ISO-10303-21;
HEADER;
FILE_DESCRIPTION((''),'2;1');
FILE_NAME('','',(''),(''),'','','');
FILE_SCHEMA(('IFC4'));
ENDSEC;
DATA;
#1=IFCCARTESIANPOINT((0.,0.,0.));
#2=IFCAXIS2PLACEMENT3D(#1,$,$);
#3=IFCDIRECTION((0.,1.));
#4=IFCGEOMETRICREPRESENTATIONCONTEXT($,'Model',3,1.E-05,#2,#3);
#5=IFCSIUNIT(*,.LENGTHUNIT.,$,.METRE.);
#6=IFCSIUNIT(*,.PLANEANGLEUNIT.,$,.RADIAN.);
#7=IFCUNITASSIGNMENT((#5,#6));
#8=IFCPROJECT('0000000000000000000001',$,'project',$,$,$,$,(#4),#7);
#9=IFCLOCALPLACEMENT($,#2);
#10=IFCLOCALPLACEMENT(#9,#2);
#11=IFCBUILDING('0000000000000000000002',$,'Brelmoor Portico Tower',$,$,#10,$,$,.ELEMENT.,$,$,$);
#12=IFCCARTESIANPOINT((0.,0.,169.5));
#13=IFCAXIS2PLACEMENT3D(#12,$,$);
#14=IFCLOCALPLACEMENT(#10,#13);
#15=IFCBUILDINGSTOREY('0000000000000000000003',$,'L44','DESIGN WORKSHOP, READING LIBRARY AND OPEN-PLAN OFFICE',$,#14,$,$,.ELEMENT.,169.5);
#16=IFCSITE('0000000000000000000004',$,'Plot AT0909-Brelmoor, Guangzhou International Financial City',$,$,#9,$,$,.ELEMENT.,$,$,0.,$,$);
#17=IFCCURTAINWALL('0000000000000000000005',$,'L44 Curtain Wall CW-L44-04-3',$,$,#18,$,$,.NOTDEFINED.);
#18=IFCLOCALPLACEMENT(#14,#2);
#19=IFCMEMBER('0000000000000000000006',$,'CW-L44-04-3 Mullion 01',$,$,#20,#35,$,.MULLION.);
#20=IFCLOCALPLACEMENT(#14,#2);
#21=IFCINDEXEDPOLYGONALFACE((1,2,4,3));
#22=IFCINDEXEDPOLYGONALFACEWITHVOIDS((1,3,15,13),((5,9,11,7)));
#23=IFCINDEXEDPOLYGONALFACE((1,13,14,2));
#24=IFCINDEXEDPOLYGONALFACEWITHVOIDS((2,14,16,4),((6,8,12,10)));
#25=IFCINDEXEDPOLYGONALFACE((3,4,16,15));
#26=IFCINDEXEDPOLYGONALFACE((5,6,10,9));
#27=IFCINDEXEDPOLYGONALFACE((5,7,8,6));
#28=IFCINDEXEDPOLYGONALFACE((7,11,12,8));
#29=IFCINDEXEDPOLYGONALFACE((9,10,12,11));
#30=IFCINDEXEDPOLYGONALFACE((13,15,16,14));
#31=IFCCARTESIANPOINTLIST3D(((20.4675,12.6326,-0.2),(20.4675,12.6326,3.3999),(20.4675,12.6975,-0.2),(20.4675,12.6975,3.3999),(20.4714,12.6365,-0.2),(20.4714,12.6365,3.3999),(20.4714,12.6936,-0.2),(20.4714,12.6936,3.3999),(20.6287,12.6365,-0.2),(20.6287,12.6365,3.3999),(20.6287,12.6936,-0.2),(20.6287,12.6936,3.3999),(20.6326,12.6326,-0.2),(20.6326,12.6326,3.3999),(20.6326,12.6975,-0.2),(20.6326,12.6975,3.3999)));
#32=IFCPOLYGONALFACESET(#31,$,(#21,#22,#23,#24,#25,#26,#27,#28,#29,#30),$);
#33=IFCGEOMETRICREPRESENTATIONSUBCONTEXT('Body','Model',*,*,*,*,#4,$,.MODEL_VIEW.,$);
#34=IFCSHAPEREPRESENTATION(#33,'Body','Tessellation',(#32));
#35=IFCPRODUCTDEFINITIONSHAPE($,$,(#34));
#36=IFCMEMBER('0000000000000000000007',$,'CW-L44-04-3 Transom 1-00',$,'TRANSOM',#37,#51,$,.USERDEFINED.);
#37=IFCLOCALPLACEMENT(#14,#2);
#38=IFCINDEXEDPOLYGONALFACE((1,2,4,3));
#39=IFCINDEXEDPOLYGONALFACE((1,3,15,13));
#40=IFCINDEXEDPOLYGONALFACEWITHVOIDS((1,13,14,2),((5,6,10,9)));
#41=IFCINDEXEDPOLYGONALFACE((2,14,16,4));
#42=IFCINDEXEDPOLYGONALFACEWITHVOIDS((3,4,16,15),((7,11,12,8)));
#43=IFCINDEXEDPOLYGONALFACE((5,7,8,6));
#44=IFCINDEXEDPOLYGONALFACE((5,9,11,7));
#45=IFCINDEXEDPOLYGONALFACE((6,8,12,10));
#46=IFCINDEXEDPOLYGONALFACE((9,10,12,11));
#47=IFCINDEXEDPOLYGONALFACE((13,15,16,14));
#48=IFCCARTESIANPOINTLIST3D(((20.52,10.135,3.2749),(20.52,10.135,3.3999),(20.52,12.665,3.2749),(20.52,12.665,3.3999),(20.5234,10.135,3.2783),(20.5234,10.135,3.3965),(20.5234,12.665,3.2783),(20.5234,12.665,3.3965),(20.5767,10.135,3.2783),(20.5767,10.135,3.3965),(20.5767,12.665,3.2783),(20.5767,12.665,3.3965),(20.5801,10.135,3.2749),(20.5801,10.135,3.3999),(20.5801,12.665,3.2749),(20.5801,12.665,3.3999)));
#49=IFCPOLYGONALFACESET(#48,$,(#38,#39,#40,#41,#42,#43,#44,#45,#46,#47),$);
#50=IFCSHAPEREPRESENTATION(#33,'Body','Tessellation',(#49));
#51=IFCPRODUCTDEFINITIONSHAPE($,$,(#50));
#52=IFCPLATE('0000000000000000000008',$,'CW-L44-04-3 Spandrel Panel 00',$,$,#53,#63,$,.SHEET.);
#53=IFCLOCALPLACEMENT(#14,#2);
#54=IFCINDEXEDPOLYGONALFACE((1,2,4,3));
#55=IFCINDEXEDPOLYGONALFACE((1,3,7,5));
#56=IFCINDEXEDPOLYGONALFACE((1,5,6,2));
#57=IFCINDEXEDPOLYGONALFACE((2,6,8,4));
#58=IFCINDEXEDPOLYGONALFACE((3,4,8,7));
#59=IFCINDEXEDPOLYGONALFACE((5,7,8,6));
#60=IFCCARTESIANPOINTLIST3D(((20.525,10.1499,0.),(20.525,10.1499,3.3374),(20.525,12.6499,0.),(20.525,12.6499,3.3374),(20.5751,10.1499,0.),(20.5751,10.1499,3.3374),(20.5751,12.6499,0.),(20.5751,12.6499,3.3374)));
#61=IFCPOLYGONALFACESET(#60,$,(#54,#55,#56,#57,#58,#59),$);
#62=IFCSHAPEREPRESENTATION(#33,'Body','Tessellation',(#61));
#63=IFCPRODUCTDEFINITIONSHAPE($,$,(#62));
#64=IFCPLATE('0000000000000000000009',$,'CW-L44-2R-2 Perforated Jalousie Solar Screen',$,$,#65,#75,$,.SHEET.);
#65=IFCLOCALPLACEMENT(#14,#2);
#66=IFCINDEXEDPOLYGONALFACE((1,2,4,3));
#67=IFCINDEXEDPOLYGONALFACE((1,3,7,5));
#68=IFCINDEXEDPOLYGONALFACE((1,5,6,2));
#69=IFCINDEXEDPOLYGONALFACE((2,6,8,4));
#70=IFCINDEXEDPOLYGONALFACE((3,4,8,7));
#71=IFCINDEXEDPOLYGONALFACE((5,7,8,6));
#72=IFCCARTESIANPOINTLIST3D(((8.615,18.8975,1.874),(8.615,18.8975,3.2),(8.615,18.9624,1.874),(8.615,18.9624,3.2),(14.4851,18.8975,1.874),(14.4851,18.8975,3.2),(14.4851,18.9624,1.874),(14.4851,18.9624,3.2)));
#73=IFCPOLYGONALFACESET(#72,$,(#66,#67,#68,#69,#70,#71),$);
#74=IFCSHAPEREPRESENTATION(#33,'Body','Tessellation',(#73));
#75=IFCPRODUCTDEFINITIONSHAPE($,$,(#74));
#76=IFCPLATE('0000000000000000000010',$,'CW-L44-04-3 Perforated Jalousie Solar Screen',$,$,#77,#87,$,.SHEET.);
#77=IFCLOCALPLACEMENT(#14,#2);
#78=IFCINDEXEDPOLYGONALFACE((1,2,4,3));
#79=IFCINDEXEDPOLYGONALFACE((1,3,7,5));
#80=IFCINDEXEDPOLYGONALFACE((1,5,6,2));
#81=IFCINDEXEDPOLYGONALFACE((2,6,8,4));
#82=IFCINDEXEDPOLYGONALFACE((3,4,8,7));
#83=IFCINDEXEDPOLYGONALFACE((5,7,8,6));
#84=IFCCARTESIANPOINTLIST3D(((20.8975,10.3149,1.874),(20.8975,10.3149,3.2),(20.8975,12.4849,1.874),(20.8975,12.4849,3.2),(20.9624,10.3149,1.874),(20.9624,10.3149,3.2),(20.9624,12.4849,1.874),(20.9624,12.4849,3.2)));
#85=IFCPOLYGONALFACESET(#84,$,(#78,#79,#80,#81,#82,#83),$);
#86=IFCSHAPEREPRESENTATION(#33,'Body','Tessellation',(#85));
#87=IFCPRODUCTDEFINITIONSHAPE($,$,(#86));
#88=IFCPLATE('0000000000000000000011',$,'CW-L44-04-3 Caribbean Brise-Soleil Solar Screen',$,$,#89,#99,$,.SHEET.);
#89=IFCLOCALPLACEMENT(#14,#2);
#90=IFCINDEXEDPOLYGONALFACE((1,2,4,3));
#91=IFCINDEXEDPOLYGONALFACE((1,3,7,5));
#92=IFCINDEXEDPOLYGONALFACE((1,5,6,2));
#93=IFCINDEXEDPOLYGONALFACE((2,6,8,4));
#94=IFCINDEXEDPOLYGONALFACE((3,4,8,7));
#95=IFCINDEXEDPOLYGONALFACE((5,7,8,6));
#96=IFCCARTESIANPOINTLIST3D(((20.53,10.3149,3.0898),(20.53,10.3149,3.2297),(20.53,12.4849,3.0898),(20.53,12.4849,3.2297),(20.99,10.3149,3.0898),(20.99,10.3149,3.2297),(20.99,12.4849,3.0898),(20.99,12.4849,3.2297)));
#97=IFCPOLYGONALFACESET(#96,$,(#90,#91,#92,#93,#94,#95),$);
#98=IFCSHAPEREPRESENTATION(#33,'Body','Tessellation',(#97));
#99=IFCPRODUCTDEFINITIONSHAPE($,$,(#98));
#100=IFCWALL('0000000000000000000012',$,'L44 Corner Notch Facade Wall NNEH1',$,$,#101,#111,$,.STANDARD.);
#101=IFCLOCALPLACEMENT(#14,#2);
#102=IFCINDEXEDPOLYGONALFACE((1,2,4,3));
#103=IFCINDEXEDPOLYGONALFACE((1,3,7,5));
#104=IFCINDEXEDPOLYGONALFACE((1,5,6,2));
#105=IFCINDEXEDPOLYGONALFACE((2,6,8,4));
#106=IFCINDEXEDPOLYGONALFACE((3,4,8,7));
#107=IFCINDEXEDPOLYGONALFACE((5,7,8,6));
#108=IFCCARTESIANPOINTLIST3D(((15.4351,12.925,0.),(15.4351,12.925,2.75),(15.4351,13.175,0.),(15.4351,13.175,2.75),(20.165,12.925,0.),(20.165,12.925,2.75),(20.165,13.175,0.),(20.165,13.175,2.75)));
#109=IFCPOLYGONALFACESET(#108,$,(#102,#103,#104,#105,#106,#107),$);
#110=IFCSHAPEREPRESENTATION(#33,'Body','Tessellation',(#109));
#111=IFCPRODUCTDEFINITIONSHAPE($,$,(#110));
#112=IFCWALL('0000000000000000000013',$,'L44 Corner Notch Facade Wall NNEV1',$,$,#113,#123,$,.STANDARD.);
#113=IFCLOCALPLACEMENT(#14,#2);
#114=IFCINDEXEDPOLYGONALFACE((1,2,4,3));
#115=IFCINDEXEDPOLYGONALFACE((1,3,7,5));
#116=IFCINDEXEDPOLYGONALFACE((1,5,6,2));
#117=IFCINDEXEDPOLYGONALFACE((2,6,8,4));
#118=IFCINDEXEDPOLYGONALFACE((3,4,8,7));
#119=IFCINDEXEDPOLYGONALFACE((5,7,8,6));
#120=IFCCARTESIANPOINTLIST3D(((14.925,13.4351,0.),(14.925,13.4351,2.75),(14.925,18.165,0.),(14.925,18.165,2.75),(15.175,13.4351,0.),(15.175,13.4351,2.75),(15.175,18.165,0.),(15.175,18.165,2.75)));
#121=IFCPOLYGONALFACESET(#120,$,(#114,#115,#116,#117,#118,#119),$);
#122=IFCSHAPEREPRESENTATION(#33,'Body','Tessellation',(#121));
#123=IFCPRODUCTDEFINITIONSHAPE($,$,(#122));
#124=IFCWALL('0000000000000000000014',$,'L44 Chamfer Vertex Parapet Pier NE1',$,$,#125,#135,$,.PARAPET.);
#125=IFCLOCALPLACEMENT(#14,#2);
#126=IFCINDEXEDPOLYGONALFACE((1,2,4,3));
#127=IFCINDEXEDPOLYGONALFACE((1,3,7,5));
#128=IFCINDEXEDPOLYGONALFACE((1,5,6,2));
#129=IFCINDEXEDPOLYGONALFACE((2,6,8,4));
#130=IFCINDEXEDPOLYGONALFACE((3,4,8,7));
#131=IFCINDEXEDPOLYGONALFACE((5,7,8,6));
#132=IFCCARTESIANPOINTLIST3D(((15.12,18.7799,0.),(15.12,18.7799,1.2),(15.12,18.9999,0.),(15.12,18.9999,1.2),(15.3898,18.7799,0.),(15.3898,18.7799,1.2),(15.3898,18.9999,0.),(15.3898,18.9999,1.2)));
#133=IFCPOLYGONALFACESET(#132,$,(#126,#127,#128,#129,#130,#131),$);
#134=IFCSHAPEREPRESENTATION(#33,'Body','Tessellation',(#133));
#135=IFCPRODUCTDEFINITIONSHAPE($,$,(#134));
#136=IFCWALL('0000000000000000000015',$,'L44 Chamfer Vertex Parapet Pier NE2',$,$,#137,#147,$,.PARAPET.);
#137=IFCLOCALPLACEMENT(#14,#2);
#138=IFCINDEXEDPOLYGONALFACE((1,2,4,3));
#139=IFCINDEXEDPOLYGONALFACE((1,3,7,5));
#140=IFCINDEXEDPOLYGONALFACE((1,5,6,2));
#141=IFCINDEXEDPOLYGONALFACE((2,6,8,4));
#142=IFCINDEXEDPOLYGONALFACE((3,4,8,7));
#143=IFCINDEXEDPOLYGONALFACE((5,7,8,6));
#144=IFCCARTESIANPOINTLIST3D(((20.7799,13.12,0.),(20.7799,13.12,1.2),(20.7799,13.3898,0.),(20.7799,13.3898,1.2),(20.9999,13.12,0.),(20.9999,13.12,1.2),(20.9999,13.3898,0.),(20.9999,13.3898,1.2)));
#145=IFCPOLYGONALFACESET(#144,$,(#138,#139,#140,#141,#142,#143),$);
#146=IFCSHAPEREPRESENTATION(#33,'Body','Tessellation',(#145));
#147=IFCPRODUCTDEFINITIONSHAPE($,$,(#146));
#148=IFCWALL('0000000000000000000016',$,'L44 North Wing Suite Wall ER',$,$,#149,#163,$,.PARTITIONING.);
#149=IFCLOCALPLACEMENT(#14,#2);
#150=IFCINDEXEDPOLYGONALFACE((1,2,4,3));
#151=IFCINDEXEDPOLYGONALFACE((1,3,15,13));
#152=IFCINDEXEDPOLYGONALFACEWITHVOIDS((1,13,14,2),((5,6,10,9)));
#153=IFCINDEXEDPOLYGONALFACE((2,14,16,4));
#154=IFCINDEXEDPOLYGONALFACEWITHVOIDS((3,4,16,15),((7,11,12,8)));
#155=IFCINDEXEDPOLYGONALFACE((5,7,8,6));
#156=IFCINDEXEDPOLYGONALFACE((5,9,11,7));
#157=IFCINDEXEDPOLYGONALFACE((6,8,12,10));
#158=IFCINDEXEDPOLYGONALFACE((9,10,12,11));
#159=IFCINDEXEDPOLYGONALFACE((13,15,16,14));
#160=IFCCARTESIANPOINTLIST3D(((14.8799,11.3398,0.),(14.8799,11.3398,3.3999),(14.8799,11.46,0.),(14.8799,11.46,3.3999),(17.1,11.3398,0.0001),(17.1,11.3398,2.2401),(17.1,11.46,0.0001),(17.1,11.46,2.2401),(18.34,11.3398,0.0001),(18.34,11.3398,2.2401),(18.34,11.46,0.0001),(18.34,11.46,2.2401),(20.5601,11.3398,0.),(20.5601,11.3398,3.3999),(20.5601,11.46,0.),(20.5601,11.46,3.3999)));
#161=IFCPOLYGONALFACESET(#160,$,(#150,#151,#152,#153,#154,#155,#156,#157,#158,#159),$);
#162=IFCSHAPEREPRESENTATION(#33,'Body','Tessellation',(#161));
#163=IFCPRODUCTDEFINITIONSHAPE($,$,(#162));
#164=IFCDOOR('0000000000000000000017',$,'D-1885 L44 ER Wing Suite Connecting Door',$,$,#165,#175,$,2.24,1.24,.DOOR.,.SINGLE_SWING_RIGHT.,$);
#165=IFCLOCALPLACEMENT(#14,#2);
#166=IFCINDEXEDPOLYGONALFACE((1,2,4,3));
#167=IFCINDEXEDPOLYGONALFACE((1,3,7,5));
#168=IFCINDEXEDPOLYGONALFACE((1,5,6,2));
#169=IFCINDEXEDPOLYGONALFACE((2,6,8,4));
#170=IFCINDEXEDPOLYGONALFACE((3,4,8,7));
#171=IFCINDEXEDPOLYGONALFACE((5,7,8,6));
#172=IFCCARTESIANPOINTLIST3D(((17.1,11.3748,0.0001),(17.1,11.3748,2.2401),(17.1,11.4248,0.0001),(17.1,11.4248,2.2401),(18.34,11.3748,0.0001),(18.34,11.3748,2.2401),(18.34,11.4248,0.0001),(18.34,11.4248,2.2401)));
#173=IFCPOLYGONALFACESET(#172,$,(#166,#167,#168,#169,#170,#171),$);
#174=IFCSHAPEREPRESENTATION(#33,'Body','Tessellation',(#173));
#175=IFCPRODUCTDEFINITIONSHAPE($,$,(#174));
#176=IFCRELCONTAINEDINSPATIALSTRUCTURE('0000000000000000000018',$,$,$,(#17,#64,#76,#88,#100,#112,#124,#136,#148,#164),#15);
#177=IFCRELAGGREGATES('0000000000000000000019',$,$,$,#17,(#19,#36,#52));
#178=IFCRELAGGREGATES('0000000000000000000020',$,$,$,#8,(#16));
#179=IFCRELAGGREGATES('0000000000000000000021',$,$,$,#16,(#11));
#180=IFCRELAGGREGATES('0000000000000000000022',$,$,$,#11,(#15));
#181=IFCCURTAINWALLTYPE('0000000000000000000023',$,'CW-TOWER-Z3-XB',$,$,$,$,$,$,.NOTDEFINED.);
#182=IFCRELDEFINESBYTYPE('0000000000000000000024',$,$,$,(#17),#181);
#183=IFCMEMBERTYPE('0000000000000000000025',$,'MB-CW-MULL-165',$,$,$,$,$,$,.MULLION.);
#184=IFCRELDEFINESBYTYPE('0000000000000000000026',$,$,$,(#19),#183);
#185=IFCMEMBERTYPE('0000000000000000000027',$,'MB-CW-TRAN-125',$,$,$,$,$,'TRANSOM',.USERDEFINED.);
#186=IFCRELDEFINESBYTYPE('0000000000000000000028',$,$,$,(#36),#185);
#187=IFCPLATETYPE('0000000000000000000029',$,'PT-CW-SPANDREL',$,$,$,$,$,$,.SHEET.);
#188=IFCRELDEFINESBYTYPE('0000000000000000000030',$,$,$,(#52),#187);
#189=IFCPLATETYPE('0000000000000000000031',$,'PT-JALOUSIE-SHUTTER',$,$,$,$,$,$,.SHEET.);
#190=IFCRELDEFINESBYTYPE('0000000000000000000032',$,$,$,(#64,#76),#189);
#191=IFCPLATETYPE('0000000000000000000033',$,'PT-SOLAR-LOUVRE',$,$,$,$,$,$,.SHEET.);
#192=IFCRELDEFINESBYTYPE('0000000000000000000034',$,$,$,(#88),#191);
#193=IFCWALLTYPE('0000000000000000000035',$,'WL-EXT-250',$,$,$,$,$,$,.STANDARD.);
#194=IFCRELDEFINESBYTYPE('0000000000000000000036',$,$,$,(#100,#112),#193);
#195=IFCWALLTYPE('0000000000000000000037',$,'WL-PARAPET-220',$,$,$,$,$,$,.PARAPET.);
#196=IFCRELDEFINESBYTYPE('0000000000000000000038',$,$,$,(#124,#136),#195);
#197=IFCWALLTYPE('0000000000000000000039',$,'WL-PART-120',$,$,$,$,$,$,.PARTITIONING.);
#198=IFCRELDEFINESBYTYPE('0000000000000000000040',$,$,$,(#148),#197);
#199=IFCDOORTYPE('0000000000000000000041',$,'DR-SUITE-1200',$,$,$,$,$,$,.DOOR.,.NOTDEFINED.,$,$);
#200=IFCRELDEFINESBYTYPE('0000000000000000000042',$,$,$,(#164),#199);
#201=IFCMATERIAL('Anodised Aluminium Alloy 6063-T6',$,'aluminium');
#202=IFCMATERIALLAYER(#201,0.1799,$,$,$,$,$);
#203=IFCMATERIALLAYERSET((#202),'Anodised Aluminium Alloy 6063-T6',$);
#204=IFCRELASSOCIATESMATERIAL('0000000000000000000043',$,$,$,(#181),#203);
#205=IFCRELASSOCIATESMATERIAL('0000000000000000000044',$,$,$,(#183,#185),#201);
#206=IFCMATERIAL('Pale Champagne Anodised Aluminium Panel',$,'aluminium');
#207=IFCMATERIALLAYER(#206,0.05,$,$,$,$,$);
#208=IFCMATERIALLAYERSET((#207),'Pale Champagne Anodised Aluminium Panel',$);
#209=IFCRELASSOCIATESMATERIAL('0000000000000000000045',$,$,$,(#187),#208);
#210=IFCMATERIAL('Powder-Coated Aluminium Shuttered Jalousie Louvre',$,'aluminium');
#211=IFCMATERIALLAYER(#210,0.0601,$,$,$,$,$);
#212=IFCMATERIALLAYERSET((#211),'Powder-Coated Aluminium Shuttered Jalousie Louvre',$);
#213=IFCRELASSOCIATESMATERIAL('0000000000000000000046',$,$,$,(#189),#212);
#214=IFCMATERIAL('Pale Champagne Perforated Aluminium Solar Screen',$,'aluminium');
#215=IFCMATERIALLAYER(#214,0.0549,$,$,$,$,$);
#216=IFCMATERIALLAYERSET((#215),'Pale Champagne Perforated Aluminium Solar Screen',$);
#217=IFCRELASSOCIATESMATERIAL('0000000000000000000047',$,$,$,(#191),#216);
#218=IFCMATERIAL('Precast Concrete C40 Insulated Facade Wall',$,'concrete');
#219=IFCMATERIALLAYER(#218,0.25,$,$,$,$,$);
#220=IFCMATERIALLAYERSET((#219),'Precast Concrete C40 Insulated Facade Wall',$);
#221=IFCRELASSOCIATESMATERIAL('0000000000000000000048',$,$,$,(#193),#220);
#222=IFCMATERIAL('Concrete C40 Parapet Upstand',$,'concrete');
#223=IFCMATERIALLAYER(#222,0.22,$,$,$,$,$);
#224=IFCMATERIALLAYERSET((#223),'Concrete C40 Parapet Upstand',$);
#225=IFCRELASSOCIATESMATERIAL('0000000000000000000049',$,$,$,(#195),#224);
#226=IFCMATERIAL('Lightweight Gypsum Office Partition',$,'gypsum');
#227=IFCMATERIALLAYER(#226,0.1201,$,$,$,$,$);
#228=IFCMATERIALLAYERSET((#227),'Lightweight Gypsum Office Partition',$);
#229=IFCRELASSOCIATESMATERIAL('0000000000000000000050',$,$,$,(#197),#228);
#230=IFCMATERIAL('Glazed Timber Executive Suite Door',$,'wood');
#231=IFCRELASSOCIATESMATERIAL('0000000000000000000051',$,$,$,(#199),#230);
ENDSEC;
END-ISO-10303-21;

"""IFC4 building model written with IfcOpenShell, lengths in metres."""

from ifc_helpers import new_model, si_unit, direction, frame, frame_2d, origin, origin_2d, place, context, subcontext, project, spatial, rectangle, hollow_rectangle, extrude, material, layer, layer_set, material_profile, profile_set, type_object, element, fill, aggregate, save


model = new_model("IFC4")

# Units and contexts
model_context = context("Model", 3, precision=1e-05, world=origin(), true_north=direction((0.0, 1.0)))
body_context = subcontext(model_context, "Body", "Model", "MODEL_VIEW")
ifc_project = project(units=[si_unit("LENGTHUNIT", "METRE"), si_unit("PLANEANGLEUNIT", "RADIAN")], contexts=[model_context])

# Site, building, storey
site_placement = place(None, origin())
site = spatial("IfcSite", under=ifc_project, at=site_placement, Name="Plot AT0909-Brelmoor, Guangzhou International Financial City", CompositionType="ELEMENT", RefElevation=0.0)
building_placement = place(site_placement, origin())
building = spatial("IfcBuilding", under=site, at=building_placement, Name="Brelmoor Portico Tower", CompositionType="ELEMENT")
storey_placement = place(building_placement, frame((0.0, 0.0, 169.5)))
storey = spatial("IfcBuildingStorey", under=building, at=storey_placement, Name="L44", Description="DESIGN WORKSHOP, READING LIBRARY AND OPEN-PLAN OFFICE", CompositionType="ELEMENT", Elevation=169.5)

# Shared definitions
ifc_material_1 = material(Name="Anodised Aluminium Alloy 6063-T6", Category="aluminium")
ifc_layer_1 = layer(ifc_material_1, 0.1799)
ifc_layer_set_1 = layer_set([ifc_layer_1], Name="Anodised Aluminium Alloy 6063-T6")
curtain_wall_type = type_object("IfcCurtainWallType", Name="CW-TOWER-Z3-XB", PredefinedType="NOTDEFINED", material=ifc_layer_set_1)
ifc_material_profile_1 = material_profile(ifc_material_1, hollow_rectangle(XDim=0.0649, YDim=0.165, WallThickness=0.0039, at=origin_2d()), Name="ALU MULLION 65x165")
ifc_profile_set_1 = profile_set([ifc_material_profile_1], Name="Anodised Aluminium Alloy 6063-T6")
member_type_1 = type_object("IfcMemberType", Name="MB-CW-MULL-165", PredefinedType="MULLION", material=ifc_profile_set_1)

# Curtain wall, members, plate
curtain_wall_1_placement = place(storey_placement, origin())
curtain_wall_1 = element("IfcCurtainWall", 1, at=curtain_wall_1_placement, inside=storey, type_object=curtain_wall_type, Name="L44 Curtain Wall CW-L44-04-3", PredefinedType="NOTDEFINED")
member_1_placement = place(storey_placement, frame((20.55, 12.665, -0.2), z_axis=(0.0, 0.0, 1.0), x_axis=(0.0, 1.0, 0.0)))
member_1 = element("IfcMember", 2, at=member_1_placement, type_object=member_type_1, Name="CW-L44-04-3 Mullion 01", PredefinedType="MULLION", context=body_context, shape_type="SweptSolid", body=[
    extrude(hollow_rectangle(XDim=0.0649, YDim=0.165, WallThickness=0.0039, at=origin_2d()), origin(), (0.0, 0.0, 1.0), 3.5999),
])
ifc_material_profile_2 = material_profile(ifc_material_1, hollow_rectangle(XDim=0.0601, YDim=0.125, WallThickness=0.0034, at=origin_2d()), Name="ALU TRANSOM 60x125")
ifc_profile_set_2 = profile_set([ifc_material_profile_2], Name="Anodised Aluminium Alloy 6063-T6")
member_type_2 = type_object("IfcMemberType", Name="MB-CW-TRAN-125", ElementType="TRANSOM", PredefinedType="USERDEFINED", material=ifc_profile_set_2)
member_2_placement = place(storey_placement, frame((20.55, 10.135, 3.3374), z_axis=(0.0, 1.0, 0.0), x_axis=(-1.0, 0.0, 0.0)))
member_2 = element("IfcMember", 3, at=member_2_placement, type_object=member_type_2, Name="CW-L44-04-3 Transom 1-00", ObjectType="TRANSOM", PredefinedType="USERDEFINED", context=body_context, shape_type="SweptSolid", body=[
    extrude(hollow_rectangle(XDim=0.0601, YDim=0.125, WallThickness=0.0034, at=origin_2d()), origin(), (0.0, 0.0, 1.0), 2.53),
])
ifc_material_2 = material(Name="Pale Champagne Anodised Aluminium Panel", Category="aluminium")
ifc_layer_2 = layer(ifc_material_2, 0.05)
ifc_layer_set_2 = layer_set([ifc_layer_2], Name="Pale Champagne Anodised Aluminium Panel")
plate_type_1 = type_object("IfcPlateType", Name="PT-CW-SPANDREL", PredefinedType="SHEET", material=ifc_layer_set_2)
plate_1_placement = place(storey_placement, frame((20.55, 11.3999, 0.0), z_axis=(0.0, 0.0, 1.0), x_axis=(0.0, 1.0, 0.0)))
plate_1 = element("IfcPlate", 4, at=plate_1_placement, type_object=plate_type_1, Name="CW-L44-04-3 Spandrel Panel 00", PredefinedType="SHEET", context=body_context, shape_type="SweptSolid", body=[
    extrude(rectangle(XDim=2.5, YDim=0.05, at=origin_2d()), origin(), (0.0, 0.0, 1.0), 3.3374),
])
aggregate(curtain_wall_1, [member_1, member_2, plate_1])

# Plates
ifc_material_3 = material(Name="Powder-Coated Aluminium Shuttered Jalousie Louvre", Category="aluminium")
ifc_layer_3 = layer(ifc_material_3, 0.0601)
ifc_layer_set_3 = layer_set([ifc_layer_3], Name="Powder-Coated Aluminium Shuttered Jalousie Louvre")
plate_type_2 = type_object("IfcPlateType", Name="PT-JALOUSIE-SHUTTER", PredefinedType="SHEET", material=ifc_layer_set_3)
plate_2_placement = place(storey_placement, frame((11.55, 18.9299, 1.874), z_axis=(0.0, 0.0, 1.0), x_axis=(1.0, 0.0, 0.0)))
element("IfcPlate", 5, at=plate_2_placement, inside=storey, type_object=plate_type_2, Name="CW-L44-2R-2 Perforated Jalousie Solar Screen", PredefinedType="SHEET", context=body_context, shape_type="SweptSolid", body=[
    extrude(rectangle(XDim=5.8701, YDim=0.0649, at=origin_2d()), origin(), (0.0, 0.0, 1.0), 1.3259),
])
plate_3_placement = place(storey_placement, frame((20.9299, 11.3999, 1.874), z_axis=(0.0, 0.0, 1.0), x_axis=(0.0, 1.0, 0.0)))
element("IfcPlate", 6, at=plate_3_placement, inside=storey, type_object=plate_type_2, Name="CW-L44-04-3 Perforated Jalousie Solar Screen", PredefinedType="SHEET", context=body_context, shape_type="SweptSolid", body=[
    extrude(rectangle(XDim=2.1699, YDim=0.0649, at=origin_2d()), origin(), (0.0, 0.0, 1.0), 1.3259),
])
ifc_material_4 = material(Name="Pale Champagne Perforated Aluminium Solar Screen", Category="aluminium")
ifc_layer_4 = layer(ifc_material_4, 0.0549)
ifc_layer_set_4 = layer_set([ifc_layer_4], Name="Pale Champagne Perforated Aluminium Solar Screen")
plate_type_3 = type_object("IfcPlateType", Name="PT-SOLAR-LOUVRE", PredefinedType="SHEET", material=ifc_layer_set_4)
plate_4_placement = place(storey_placement, frame((20.76, 11.3999, 3.0898), z_axis=(0.0, 0.0, 1.0), x_axis=(0.0, 1.0, 0.0)))
element("IfcPlate", 7, at=plate_4_placement, inside=storey, type_object=plate_type_3, Name="CW-L44-04-3 Caribbean Brise-Soleil Solar Screen", PredefinedType="SHEET", context=body_context, shape_type="SweptSolid", body=[
    extrude(rectangle(XDim=2.1699, YDim=0.46, at=origin_2d()), origin(), (0.0, 0.0, 1.0), 0.1399),
])

# Walls
ifc_material_5 = material(Name="Precast Concrete C40 Insulated Facade Wall", Category="concrete")
ifc_layer_5 = layer(ifc_material_5, 0.25)
ifc_layer_set_5 = layer_set([ifc_layer_5], Name="Precast Concrete C40 Insulated Facade Wall")
wall_type_1 = type_object("IfcWallType", Name="WL-EXT-250", PredefinedType="STANDARD", material=ifc_layer_set_5)
for number, where, z_axis, x_axis, name in (
    (8, (15.4351, 13.05, 0.0), (0.0, 0.0, 1.0), (1.0, 0.0, 0.0), "L44 Corner Notch Facade Wall NNEH1"),
    (9, (15.05, 13.4351, 0.0), (0.0, 0.0, 1.0), (0.0, 1.0, 0.0), "L44 Corner Notch Facade Wall NNEV1"),
):
    element("IfcWall", number, at=place(storey_placement, frame(where, z_axis=z_axis, x_axis=x_axis)), inside=storey, type_object=wall_type_1, Name=name, PredefinedType="STANDARD", context=body_context, shape_type="SweptSolid", body=[
        extrude(rectangle(XDim=4.73, YDim=0.25, at=frame_2d((2.365, 0.0))), origin(), (0.0, 0.0, 1.0), 2.75),
    ])
ifc_material_6 = material(Name="Concrete C40 Parapet Upstand", Category="concrete")
ifc_layer_6 = layer(ifc_material_6, 0.22)
ifc_layer_set_6 = layer_set([ifc_layer_6], Name="Concrete C40 Parapet Upstand")
wall_type_2 = type_object("IfcWallType", Name="WL-PARAPET-220", PredefinedType="PARAPET", material=ifc_layer_set_6)
for number, where, z_axis, x_axis, name in (
    (10, (15.1201, 18.8899, 0.0), (0.0, 0.0, 1.0), (1.0, 0.0, 0.0), "L44 Chamfer Vertex Parapet Pier NE1"),
    (11, (20.8899, 13.1201, 0.0), (0.0, 0.0, 1.0), (0.0, 1.0, 0.0), "L44 Chamfer Vertex Parapet Pier NE2"),
):
    element("IfcWall", number, at=place(storey_placement, frame(where, z_axis=z_axis, x_axis=x_axis)), inside=storey, type_object=wall_type_2, Name=name, PredefinedType="PARAPET", context=body_context, shape_type="SweptSolid", body=[
        extrude(rectangle(XDim=0.2698, YDim=0.22, at=frame_2d((0.1348, 0.0))), origin(), (0.0, 0.0, 1.0), 1.2),
    ])

# Wall, opening, door
ifc_material_7 = material(Name="Lightweight Gypsum Office Partition", Category="gypsum")
ifc_layer_7 = layer(ifc_material_7, 0.1201)
ifc_layer_set_7 = layer_set([ifc_layer_7], Name="Lightweight Gypsum Office Partition")
wall_type_3 = type_object("IfcWallType", Name="WL-PART-120", PredefinedType="PARTITIONING", material=ifc_layer_set_7)
wall_placement = place(storey_placement, frame((14.8799, 11.3999, 0.0), z_axis=(0.0, 0.0, 1.0), x_axis=(1.0, 0.0, 0.0)))
wall = element("IfcWall", 12, at=wall_placement, inside=storey, type_object=wall_type_3, Name="L44 North Wing Suite Wall ER", PredefinedType="PARTITIONING", context=body_context, shape_type="SweptSolid", body=[
    extrude(rectangle(XDim=5.6802, YDim=0.1201, at=frame_2d((2.8401, 0.0))), origin(), (0.0, 0.0, 1.0), 3.3999),
])
opening_placement = place(wall_placement, frame((2.22, 0.0, 0.0)))
opening = element("IfcOpeningElement", 13, at=opening_placement, cuts=wall, PredefinedType="OPENING", context=body_context, shape_type="SweptSolid", body=[
    extrude(rectangle(XDim=1.24, YDim=2.24, at=frame_2d((0.6201, 1.1201))), frame((0.0, 0.0701, 0.0), z_axis=(0.0, -1.0, 0.0), x_axis=(1.0, 0.0, 0.0)), (0.0, 0.0, 1.0), 0.1401),
])
ifc_material_8 = material(Name="Glazed Timber Executive Suite Door", Category="wood")
door_type = type_object("IfcDoorType", Name="DR-SUITE-1200", OperationType="NOTDEFINED", PredefinedType="DOOR", material=ifc_material_8)
door_placement = place(opening_placement, origin())
door = element("IfcDoor", 14, at=door_placement, inside=storey, type_object=door_type, Name="D-1885 L44 ER Wing Suite Connecting Door", OperationType="SINGLE_SWING_RIGHT", OverallHeight=2.24, OverallWidth=1.24, PredefinedType="DOOR", context=body_context, shape_type="SweptSolid", body=[
    extrude(rectangle(XDim=1.24, YDim=2.24, at=frame_2d((0.6201, 1.1201))), frame((0.0, 0.0249, 0.0), z_axis=(0.0, -1.0, 0.0), x_axis=(1.0, 0.0, 0.0)), (0.0, 0.0, 1.0), 0.05),
])
fill(opening, door)

save(model, "model.ifc")
